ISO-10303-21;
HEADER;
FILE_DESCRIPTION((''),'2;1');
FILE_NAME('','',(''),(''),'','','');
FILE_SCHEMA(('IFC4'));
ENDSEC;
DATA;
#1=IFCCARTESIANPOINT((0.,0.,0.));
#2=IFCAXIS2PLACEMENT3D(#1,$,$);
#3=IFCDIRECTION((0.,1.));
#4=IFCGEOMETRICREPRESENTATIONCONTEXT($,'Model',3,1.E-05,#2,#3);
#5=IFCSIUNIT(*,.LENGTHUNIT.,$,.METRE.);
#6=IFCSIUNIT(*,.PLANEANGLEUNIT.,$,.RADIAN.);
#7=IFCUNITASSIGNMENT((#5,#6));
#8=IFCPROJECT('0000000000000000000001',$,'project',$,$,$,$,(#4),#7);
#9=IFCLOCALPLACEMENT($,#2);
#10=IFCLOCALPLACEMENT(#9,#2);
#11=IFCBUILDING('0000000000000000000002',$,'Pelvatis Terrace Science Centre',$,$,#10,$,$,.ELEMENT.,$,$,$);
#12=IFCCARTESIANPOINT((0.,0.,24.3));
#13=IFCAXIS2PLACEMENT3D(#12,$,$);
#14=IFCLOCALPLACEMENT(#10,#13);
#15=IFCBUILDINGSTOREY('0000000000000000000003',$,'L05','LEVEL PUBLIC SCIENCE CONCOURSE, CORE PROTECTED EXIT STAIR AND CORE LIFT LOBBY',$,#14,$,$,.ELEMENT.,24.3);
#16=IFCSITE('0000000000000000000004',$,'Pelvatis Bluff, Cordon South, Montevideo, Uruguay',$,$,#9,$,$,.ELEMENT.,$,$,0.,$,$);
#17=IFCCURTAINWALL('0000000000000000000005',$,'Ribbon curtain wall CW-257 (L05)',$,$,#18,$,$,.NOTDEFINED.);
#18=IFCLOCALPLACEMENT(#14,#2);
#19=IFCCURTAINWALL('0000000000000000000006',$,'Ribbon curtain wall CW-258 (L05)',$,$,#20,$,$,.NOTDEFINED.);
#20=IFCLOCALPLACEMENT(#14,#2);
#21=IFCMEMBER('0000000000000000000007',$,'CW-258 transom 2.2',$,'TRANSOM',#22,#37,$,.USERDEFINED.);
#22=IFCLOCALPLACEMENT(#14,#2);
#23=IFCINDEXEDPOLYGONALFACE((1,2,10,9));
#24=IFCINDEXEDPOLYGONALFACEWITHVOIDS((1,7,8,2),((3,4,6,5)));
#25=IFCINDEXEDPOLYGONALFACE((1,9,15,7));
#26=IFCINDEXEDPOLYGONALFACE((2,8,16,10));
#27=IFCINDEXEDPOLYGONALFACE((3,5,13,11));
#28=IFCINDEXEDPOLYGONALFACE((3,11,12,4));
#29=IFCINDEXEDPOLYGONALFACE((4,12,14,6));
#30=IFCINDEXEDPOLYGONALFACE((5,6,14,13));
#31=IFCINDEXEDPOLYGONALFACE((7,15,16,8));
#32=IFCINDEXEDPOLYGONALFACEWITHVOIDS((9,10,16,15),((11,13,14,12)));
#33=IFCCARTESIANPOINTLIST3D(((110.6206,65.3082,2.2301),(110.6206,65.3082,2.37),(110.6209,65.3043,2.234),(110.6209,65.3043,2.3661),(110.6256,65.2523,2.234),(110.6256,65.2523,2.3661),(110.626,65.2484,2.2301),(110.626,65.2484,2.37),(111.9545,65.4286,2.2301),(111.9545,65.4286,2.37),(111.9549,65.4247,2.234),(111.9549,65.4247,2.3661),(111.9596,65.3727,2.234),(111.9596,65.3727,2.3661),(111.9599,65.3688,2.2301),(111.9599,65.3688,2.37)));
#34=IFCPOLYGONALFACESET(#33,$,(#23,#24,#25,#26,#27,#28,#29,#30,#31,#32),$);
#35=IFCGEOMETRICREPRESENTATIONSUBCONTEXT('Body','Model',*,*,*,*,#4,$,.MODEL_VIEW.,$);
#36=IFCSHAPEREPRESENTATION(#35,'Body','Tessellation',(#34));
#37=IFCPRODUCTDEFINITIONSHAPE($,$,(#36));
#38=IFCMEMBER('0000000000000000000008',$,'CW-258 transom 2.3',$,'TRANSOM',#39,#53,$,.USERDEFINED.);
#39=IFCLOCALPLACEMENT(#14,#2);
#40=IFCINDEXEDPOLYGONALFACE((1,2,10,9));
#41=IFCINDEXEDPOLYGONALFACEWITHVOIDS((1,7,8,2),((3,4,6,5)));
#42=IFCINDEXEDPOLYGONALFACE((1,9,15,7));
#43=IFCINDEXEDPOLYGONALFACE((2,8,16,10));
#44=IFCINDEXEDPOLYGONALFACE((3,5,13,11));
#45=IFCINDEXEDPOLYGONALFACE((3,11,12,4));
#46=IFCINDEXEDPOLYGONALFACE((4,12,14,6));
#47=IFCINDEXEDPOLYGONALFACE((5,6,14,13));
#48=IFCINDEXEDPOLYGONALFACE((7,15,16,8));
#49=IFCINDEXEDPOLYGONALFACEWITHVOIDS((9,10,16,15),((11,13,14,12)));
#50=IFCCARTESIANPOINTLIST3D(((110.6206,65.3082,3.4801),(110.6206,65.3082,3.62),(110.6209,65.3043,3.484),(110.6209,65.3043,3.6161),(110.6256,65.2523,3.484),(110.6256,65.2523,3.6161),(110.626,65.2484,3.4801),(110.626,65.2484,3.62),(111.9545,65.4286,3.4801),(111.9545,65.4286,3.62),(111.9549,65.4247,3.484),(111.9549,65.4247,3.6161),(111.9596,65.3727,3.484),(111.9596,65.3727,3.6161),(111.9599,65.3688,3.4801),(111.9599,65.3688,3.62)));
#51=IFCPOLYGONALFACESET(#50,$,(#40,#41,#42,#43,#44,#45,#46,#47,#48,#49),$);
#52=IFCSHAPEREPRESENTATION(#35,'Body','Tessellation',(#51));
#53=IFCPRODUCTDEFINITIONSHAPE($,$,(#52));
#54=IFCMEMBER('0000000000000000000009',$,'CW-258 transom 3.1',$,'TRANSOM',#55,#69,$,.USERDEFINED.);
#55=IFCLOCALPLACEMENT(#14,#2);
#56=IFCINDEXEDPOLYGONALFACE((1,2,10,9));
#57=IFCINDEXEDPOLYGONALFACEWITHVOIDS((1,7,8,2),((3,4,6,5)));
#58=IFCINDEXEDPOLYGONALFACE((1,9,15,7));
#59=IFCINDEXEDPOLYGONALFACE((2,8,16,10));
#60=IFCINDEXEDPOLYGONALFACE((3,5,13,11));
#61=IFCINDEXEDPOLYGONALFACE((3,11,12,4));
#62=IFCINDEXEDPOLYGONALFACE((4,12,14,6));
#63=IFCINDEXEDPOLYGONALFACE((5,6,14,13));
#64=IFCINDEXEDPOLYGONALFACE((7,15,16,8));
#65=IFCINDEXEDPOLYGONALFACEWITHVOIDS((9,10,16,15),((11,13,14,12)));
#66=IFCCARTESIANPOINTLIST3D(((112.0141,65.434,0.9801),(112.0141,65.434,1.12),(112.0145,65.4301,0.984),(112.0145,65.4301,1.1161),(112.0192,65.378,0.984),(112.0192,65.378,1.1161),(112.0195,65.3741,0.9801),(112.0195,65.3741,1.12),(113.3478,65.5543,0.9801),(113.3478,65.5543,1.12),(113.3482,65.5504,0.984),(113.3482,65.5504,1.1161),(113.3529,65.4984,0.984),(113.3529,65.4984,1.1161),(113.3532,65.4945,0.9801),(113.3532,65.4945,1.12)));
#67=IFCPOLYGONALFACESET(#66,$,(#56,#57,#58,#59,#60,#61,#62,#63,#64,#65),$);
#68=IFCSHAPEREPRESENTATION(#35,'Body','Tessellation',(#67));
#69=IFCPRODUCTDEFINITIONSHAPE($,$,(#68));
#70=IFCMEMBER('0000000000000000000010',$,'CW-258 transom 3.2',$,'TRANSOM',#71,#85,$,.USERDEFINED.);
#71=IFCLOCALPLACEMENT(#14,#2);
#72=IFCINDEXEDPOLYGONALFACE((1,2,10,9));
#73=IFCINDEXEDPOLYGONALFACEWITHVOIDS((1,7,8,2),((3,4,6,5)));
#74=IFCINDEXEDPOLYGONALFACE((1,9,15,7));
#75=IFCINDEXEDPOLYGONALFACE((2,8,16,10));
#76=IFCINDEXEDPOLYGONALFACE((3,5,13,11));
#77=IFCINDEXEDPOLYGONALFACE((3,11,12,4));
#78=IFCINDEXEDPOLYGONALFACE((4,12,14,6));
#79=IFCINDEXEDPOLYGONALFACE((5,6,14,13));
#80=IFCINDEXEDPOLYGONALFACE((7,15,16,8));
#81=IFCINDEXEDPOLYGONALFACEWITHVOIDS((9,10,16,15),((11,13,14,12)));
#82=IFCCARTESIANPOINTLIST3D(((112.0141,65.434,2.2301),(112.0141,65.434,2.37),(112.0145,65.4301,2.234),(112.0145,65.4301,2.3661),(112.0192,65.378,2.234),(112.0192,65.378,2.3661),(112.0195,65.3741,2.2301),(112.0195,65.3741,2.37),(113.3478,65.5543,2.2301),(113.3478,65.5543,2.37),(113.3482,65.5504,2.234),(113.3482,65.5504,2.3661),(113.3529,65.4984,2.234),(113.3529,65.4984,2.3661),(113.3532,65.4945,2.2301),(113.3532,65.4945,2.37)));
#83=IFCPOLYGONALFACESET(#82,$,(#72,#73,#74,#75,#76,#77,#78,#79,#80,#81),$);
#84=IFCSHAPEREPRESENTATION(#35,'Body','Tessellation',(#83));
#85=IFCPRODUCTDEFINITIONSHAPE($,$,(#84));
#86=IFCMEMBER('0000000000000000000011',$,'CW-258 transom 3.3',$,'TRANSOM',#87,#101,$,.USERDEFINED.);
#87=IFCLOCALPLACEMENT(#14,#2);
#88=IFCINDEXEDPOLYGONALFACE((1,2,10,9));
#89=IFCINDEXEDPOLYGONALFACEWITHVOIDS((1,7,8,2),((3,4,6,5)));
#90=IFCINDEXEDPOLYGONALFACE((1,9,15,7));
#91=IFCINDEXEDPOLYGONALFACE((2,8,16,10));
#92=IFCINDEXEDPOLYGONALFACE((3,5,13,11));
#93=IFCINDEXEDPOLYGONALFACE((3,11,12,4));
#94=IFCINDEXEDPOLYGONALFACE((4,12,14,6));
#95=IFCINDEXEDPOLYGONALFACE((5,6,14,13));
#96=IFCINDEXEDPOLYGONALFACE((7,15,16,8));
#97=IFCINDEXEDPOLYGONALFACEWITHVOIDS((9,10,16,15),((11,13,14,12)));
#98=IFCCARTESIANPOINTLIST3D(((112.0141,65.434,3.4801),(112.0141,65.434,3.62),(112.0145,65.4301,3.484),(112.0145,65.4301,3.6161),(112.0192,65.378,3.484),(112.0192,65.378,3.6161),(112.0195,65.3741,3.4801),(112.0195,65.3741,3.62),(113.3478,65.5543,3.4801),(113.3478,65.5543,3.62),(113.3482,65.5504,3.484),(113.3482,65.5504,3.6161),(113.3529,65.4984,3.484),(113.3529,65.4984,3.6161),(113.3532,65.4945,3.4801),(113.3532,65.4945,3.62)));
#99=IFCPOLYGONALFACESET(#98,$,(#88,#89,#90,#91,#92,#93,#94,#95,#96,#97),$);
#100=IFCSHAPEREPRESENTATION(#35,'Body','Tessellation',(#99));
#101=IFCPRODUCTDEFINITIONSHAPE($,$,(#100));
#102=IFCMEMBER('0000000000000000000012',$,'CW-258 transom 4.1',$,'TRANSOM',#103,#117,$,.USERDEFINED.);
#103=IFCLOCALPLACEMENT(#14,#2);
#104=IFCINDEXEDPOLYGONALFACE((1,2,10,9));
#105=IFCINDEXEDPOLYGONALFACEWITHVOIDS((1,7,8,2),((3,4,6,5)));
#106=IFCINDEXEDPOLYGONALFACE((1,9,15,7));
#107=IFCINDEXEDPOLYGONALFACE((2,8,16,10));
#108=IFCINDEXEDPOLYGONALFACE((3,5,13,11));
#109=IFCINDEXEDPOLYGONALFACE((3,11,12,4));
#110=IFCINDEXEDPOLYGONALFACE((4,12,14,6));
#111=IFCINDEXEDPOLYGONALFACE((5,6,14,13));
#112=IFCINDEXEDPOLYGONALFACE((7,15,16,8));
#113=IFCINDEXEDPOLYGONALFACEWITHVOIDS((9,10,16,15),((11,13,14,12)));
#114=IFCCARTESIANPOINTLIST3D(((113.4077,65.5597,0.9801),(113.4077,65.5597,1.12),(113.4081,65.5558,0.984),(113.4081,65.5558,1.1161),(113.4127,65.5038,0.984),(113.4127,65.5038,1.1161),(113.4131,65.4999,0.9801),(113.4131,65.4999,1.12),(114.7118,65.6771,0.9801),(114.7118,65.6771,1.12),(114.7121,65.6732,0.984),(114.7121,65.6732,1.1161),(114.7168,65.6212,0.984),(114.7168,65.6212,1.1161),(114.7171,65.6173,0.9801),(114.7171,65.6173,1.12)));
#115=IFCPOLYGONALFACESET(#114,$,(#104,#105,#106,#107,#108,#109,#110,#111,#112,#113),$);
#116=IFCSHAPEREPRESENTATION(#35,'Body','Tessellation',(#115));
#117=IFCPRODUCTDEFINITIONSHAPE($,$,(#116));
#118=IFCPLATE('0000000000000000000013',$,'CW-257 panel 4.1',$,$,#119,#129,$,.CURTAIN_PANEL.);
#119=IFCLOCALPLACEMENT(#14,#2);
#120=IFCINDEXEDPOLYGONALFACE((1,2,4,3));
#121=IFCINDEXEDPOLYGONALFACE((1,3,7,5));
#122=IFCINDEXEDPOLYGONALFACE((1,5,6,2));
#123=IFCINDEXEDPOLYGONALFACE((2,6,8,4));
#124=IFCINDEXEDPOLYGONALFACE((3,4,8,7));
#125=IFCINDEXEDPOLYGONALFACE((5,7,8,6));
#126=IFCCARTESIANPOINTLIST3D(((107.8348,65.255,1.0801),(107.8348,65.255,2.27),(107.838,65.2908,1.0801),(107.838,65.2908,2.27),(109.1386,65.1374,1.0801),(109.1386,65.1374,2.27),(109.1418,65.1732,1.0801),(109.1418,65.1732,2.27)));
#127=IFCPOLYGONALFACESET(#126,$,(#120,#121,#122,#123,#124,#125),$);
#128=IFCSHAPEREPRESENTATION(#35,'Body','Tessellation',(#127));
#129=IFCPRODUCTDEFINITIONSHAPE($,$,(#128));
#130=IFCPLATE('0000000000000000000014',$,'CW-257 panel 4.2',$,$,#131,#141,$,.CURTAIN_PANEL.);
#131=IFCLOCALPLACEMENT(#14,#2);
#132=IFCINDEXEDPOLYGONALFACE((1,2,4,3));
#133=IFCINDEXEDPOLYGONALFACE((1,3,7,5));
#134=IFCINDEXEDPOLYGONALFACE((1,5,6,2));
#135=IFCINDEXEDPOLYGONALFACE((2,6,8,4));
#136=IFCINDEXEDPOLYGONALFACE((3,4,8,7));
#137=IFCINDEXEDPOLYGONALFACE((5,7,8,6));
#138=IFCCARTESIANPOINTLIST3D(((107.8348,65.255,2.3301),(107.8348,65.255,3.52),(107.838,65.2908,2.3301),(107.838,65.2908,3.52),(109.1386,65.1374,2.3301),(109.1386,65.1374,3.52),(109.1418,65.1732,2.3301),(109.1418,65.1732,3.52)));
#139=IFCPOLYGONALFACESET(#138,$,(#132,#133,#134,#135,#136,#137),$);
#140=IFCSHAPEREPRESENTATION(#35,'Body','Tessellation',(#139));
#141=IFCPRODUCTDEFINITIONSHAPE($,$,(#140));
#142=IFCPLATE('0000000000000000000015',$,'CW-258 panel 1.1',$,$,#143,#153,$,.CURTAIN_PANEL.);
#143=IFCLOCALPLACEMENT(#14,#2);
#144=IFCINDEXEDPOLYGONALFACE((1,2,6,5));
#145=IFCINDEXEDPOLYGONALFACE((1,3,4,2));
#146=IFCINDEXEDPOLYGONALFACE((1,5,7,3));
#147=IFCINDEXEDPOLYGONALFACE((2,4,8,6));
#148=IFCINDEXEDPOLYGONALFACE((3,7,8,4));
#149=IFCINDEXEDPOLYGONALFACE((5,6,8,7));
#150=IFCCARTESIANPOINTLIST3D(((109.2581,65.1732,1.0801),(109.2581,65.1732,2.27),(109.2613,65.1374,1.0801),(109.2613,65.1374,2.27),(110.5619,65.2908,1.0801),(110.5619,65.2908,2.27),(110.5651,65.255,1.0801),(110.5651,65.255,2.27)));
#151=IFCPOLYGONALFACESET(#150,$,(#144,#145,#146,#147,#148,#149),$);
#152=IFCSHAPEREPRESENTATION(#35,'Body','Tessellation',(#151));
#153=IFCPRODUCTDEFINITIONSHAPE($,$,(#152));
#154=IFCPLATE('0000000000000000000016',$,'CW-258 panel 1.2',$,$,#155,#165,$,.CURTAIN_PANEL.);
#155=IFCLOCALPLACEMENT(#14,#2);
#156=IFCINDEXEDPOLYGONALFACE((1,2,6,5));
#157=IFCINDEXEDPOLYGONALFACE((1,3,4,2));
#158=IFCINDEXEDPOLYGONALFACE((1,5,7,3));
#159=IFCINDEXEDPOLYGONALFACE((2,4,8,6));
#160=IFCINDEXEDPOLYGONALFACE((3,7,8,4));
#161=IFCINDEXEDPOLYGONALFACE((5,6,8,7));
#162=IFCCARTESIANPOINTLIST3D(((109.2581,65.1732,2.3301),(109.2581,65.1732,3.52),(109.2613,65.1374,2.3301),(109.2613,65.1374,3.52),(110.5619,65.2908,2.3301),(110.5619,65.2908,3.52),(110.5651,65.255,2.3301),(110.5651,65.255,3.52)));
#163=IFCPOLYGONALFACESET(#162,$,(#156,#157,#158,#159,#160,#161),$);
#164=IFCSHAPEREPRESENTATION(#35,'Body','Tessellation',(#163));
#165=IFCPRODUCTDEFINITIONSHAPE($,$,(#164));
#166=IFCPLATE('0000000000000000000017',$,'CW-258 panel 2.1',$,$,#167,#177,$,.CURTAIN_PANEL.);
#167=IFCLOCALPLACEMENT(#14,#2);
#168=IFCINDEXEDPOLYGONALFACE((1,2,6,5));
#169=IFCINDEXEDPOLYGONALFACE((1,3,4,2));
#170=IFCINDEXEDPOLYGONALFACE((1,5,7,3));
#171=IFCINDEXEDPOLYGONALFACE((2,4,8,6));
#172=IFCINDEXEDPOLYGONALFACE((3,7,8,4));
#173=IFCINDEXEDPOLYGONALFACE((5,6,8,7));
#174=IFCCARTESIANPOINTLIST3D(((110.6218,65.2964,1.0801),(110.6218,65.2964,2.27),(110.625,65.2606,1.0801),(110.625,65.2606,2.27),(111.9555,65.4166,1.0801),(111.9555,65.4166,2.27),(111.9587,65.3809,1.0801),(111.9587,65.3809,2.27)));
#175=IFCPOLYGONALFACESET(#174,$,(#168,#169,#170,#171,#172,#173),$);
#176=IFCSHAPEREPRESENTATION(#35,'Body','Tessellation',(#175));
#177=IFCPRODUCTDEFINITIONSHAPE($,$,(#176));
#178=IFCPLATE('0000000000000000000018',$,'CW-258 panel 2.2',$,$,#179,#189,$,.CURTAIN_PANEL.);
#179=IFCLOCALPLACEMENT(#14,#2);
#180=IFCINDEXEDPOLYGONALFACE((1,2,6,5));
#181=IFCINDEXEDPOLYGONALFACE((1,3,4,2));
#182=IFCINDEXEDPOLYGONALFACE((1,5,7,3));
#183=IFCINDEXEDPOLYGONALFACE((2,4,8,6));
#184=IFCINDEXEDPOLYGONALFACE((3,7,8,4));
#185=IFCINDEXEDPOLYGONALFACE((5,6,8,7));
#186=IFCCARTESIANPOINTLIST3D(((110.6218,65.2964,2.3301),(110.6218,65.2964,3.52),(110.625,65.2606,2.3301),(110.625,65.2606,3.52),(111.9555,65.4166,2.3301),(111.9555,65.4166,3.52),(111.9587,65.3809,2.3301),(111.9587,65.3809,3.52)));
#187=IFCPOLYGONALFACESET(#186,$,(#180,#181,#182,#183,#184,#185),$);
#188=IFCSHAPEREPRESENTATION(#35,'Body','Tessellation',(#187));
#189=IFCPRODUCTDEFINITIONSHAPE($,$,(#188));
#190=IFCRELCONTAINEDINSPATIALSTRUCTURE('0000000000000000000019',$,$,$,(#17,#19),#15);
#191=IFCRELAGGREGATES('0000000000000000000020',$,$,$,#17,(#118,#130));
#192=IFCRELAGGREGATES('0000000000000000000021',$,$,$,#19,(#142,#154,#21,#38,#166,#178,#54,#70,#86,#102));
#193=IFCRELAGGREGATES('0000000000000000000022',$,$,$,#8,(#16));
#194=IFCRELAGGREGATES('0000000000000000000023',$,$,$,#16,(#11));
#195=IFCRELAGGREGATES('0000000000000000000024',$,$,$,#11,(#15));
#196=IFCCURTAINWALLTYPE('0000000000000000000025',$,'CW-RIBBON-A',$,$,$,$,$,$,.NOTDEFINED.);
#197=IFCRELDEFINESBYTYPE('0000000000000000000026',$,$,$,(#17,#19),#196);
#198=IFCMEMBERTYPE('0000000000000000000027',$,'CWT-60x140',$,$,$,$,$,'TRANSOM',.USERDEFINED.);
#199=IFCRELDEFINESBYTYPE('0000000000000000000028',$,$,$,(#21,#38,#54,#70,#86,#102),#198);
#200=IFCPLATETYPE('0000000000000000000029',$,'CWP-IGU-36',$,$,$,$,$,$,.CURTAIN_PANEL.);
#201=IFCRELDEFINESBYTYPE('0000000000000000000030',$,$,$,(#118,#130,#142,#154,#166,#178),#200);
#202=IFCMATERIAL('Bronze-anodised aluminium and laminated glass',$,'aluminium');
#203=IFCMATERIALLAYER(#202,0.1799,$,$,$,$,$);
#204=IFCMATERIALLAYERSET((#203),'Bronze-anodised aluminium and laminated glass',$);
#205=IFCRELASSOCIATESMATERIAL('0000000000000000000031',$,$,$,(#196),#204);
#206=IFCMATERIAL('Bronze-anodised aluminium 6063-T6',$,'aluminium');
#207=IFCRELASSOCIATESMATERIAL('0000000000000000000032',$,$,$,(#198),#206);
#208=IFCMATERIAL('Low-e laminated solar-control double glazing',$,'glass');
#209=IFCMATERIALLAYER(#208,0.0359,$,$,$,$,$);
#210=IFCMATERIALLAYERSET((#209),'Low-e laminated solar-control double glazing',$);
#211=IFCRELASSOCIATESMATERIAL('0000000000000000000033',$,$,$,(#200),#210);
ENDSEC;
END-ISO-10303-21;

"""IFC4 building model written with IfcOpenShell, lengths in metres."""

from ifc_helpers import new_model, si_unit, direction, frame, origin, origin_2d, place, context, subcontext, project, spatial, rectangle, hollow_rectangle, extrude, material, layer, layer_set, material_profile, profile_set, type_object, element, aggregate, save


model = new_model("IFC4")

# Units and contexts
model_context = context("Model", 3, precision=1e-05, world=origin(), true_north=direction((0.0, 1.0)))
body_context = subcontext(model_context, "Body", "Model", "MODEL_VIEW")
ifc_project = project(units=[si_unit("LENGTHUNIT", "METRE"), si_unit("PLANEANGLEUNIT", "RADIAN")], contexts=[model_context])

# Site, building, storey
site_placement = place(None, origin())
site = spatial("IfcSite", under=ifc_project, at=site_placement, Name="Pelvatis Bluff, Cordon South, Montevideo, Uruguay", CompositionType="ELEMENT", RefElevation=0.0)
building_placement = place(site_placement, origin())
building = spatial("IfcBuilding", under=site, at=building_placement, Name="Pelvatis Terrace Science Centre", CompositionType="ELEMENT")
storey_placement = place(building_placement, frame((0.0, 0.0, 24.3)))
storey = spatial("IfcBuildingStorey", under=building, at=storey_placement, Name="L05", Description="LEVEL PUBLIC SCIENCE CONCOURSE, CORE PROTECTED EXIT STAIR AND CORE LIFT LOBBY", CompositionType="ELEMENT", Elevation=24.3)

# Curtain wall
ifc_material_1 = material(Name="Bronze-anodised aluminium and laminated glass", Category="aluminium")
ifc_layer_1 = layer(ifc_material_1, 0.1799)
ifc_layer_set_1 = layer_set([ifc_layer_1], Name="Bronze-anodised aluminium and laminated glass")
curtain_wall_type = type_object("IfcCurtainWallType", Name="CW-RIBBON-A", PredefinedType="NOTDEFINED", material=ifc_layer_set_1)
curtain_wall_1_placement = place(storey_placement, origin())
curtain_wall_1 = element("IfcCurtainWall", 1, at=curtain_wall_1_placement, inside=storey, type_object=curtain_wall_type, Name="Ribbon curtain wall CW-257 (L05)", PredefinedType="NOTDEFINED")

# Curtain wall, members
curtain_wall_2_placement = place(storey_placement, origin())
curtain_wall_2 = element("IfcCurtainWall", 2, at=curtain_wall_2_placement, inside=storey, type_object=curtain_wall_type, Name="Ribbon curtain wall CW-258 (L05)", PredefinedType="NOTDEFINED")
ifc_material_2 = material(Name="Bronze-anodised aluminium 6063-T6", Category="aluminium")
ifc_material_profile_1 = material_profile(ifc_material_2, hollow_rectangle(XDim=0.0601, YDim=0.1399, WallThickness=0.0039, at=origin_2d()), Name="ALU-TRN 60x140")
ifc_profile_set_1 = profile_set([ifc_material_profile_1], Name="Bronze-anodised aluminium 6063-T6")
member_type_1 = type_object("IfcMemberType", Name="CWT-60x140", ElementType="TRANSOM", PredefinedType="USERDEFINED", material=ifc_profile_set_1)
member_1_placement = place(storey_placement, frame((110.6233, 65.2783, 2.3), z_axis=(0.995954, 0.089862, 0.0), x_axis=(-0.089862, 0.995954, 0.0)))
member_1 = element("IfcMember", 3, at=member_1_placement, type_object=member_type_1, Name="CW-258 transom 2.2", ObjectType="TRANSOM", PredefinedType="USERDEFINED", context=body_context, shape_type="SweptSolid", body=[
    extrude(hollow_rectangle(XDim=0.0601, YDim=0.1399, WallThickness=0.0039, at=origin_2d()), origin(), (0.0, 0.0, 1.0), 1.3394),
])
member_2_placement = place(storey_placement, frame((110.6233, 65.2783, 3.55), z_axis=(0.995954, 0.089862, 0.0), x_axis=(-0.089862, 0.995954, 0.0)))
member_2 = element("IfcMember", 4, at=member_2_placement, type_object=member_type_1, Name="CW-258 transom 2.3", ObjectType="TRANSOM", PredefinedType="USERDEFINED", context=body_context, shape_type="SweptSolid", body=[
    extrude(hollow_rectangle(XDim=0.0601, YDim=0.1399, WallThickness=0.0039, at=origin_2d()), origin(), (0.0, 0.0, 1.0), 1.3394),
])
member_3_placement = place(storey_placement, frame((112.0168, 65.4041, 1.05), z_axis=(0.995953, 0.089878, 0.0), x_axis=(-0.089878, 0.995953, 0.0)))
member_3 = element("IfcMember", 5, at=member_3_placement, type_object=member_type_1, Name="CW-258 transom 3.1", ObjectType="TRANSOM", PredefinedType="USERDEFINED", context=body_context, shape_type="SweptSolid", body=[
    extrude(hollow_rectangle(XDim=0.0601, YDim=0.1399, WallThickness=0.0039, at=origin_2d()), origin(), (0.0, 0.0, 1.0), 1.3391),
])
member_4_placement = place(storey_placement, frame((112.0168, 65.4041, 2.3), z_axis=(0.995953, 0.089878, 0.0), x_axis=(-0.089878, 0.995953, 0.0)))
member_4 = element("IfcMember", 6, at=member_4_placement, type_object=member_type_1, Name="CW-258 transom 3.2", ObjectType="TRANSOM", PredefinedType="USERDEFINED", context=body_context, shape_type="SweptSolid", body=[
    extrude(hollow_rectangle(XDim=0.0601, YDim=0.1399, WallThickness=0.0039, at=origin_2d()), origin(), (0.0, 0.0, 1.0), 1.3391),
])
member_5_placement = place(storey_placement, frame((112.0168, 65.4041, 3.55), z_axis=(0.995953, 0.089878, 0.0), x_axis=(-0.089878, 0.995953, 0.0)))
member_5 = element("IfcMember", 7, at=member_5_placement, type_object=member_type_1, Name="CW-258 transom 3.3", ObjectType="TRANSOM", PredefinedType="USERDEFINED", context=body_context, shape_type="SweptSolid", body=[
    extrude(hollow_rectangle(XDim=0.0601, YDim=0.1399, WallThickness=0.0039, at=origin_2d()), origin(), (0.0, 0.0, 1.0), 1.3391),
])
member_6_placement = place(storey_placement, frame((113.4104, 65.5298, 1.05), z_axis=(0.995969, 0.089695, 0.0), x_axis=(-0.089695, 0.995969, 0.0)))
member_6 = element("IfcMember", 8, at=member_6_placement, type_object=member_type_1, Name="CW-258 transom 4.1", ObjectType="TRANSOM", PredefinedType="USERDEFINED", context=body_context, shape_type="SweptSolid", body=[
    extrude(hollow_rectangle(XDim=0.0601, YDim=0.1399, WallThickness=0.0039, at=origin_2d()), origin(), (0.0, 0.0, 1.0), 1.3093),
])

# Plates
ifc_material_3 = material(Name="Low-e laminated solar-control double glazing", Category="glass")
ifc_layer_2 = layer(ifc_material_3, 0.0359)
ifc_layer_set_2 = layer_set([ifc_layer_2], Name="Low-e laminated solar-control double glazing")
plate_type = type_object("IfcPlateType", Name="CWP-IGU-36", PredefinedType="CURTAIN_PANEL", material=ifc_layer_set_2)
plate_1_placement = place(storey_placement, frame((108.4883, 65.2141, 1.0801), z_axis=(0.0, 0.0, 1.0), x_axis=(0.995958, -0.08982, 0.0)))
plate_1 = element("IfcPlate", 9, at=plate_1_placement, type_object=plate_type, Name="CW-257 panel 4.1", PredefinedType="CURTAIN_PANEL", context=body_context, shape_type="SweptSolid", body=[
    extrude(rectangle(XDim=1.3091, YDim=0.0359, at=origin_2d()), origin(), (0.0, 0.0, 1.0), 1.1899),
])
plate_2_placement = place(storey_placement, frame((108.4883, 65.2141, 2.3301), z_axis=(0.0, 0.0, 1.0), x_axis=(0.995958, -0.08982, 0.0)))
plate_2 = element("IfcPlate", 10, at=plate_2_placement, type_object=plate_type, Name="CW-257 panel 4.2", PredefinedType="CURTAIN_PANEL", context=body_context, shape_type="SweptSolid", body=[
    extrude(rectangle(XDim=1.3091, YDim=0.0359, at=origin_2d()), origin(), (0.0, 0.0, 1.0), 1.1899),
])
aggregate(curtain_wall_1, [plate_1, plate_2])
plate_3_placement = place(storey_placement, frame((109.9116, 65.2141, 1.0801), z_axis=(0.0, 0.0, 1.0), x_axis=(0.995958, 0.08982, 0.0)))
plate_3 = element("IfcPlate", 11, at=plate_3_placement, type_object=plate_type, Name="CW-258 panel 1.1", PredefinedType="CURTAIN_PANEL", context=body_context, shape_type="SweptSolid", body=[
    extrude(rectangle(XDim=1.3091, YDim=0.0359, at=origin_2d()), origin(), (0.0, 0.0, 1.0), 1.1899),
])
plate_4_placement = place(storey_placement, frame((109.9116, 65.2141, 2.3301), z_axis=(0.0, 0.0, 1.0), x_axis=(0.995958, 0.08982, 0.0)))
plate_4 = element("IfcPlate", 12, at=plate_4_placement, type_object=plate_type, Name="CW-258 panel 1.2", PredefinedType="CURTAIN_PANEL", context=body_context, shape_type="SweptSolid", body=[
    extrude(rectangle(XDim=1.3091, YDim=0.0359, at=origin_2d()), origin(), (0.0, 0.0, 1.0), 1.1899),
])
plate_5_placement = place(storey_placement, frame((111.2903, 65.3386, 1.0801), z_axis=(0.0, 0.0, 1.0), x_axis=(0.995958, 0.08982, 0.0)))
plate_5 = element("IfcPlate", 13, at=plate_5_placement, type_object=plate_type, Name="CW-258 panel 2.1", PredefinedType="CURTAIN_PANEL", context=body_context, shape_type="SweptSolid", body=[
    extrude(rectangle(XDim=1.3391, YDim=0.0359, at=origin_2d()), origin(), (0.0, 0.0, 1.0), 1.1899),
])
plate_6_placement = place(storey_placement, frame((111.2903, 65.3386, 2.3301), z_axis=(0.0, 0.0, 1.0), x_axis=(0.995958, 0.08982, 0.0)))
plate_6 = element("IfcPlate", 14, at=plate_6_placement, type_object=plate_type, Name="CW-258 panel 2.2", PredefinedType="CURTAIN_PANEL", context=body_context, shape_type="SweptSolid", body=[
    extrude(rectangle(XDim=1.3391, YDim=0.0359, at=origin_2d()), origin(), (0.0, 0.0, 1.0), 1.1899),
])
aggregate(curtain_wall_2, [plate_3, plate_4, member_1, member_2, plate_5, plate_6, member_3, member_4, member_5, member_6])

save(model, "model.ifc")
